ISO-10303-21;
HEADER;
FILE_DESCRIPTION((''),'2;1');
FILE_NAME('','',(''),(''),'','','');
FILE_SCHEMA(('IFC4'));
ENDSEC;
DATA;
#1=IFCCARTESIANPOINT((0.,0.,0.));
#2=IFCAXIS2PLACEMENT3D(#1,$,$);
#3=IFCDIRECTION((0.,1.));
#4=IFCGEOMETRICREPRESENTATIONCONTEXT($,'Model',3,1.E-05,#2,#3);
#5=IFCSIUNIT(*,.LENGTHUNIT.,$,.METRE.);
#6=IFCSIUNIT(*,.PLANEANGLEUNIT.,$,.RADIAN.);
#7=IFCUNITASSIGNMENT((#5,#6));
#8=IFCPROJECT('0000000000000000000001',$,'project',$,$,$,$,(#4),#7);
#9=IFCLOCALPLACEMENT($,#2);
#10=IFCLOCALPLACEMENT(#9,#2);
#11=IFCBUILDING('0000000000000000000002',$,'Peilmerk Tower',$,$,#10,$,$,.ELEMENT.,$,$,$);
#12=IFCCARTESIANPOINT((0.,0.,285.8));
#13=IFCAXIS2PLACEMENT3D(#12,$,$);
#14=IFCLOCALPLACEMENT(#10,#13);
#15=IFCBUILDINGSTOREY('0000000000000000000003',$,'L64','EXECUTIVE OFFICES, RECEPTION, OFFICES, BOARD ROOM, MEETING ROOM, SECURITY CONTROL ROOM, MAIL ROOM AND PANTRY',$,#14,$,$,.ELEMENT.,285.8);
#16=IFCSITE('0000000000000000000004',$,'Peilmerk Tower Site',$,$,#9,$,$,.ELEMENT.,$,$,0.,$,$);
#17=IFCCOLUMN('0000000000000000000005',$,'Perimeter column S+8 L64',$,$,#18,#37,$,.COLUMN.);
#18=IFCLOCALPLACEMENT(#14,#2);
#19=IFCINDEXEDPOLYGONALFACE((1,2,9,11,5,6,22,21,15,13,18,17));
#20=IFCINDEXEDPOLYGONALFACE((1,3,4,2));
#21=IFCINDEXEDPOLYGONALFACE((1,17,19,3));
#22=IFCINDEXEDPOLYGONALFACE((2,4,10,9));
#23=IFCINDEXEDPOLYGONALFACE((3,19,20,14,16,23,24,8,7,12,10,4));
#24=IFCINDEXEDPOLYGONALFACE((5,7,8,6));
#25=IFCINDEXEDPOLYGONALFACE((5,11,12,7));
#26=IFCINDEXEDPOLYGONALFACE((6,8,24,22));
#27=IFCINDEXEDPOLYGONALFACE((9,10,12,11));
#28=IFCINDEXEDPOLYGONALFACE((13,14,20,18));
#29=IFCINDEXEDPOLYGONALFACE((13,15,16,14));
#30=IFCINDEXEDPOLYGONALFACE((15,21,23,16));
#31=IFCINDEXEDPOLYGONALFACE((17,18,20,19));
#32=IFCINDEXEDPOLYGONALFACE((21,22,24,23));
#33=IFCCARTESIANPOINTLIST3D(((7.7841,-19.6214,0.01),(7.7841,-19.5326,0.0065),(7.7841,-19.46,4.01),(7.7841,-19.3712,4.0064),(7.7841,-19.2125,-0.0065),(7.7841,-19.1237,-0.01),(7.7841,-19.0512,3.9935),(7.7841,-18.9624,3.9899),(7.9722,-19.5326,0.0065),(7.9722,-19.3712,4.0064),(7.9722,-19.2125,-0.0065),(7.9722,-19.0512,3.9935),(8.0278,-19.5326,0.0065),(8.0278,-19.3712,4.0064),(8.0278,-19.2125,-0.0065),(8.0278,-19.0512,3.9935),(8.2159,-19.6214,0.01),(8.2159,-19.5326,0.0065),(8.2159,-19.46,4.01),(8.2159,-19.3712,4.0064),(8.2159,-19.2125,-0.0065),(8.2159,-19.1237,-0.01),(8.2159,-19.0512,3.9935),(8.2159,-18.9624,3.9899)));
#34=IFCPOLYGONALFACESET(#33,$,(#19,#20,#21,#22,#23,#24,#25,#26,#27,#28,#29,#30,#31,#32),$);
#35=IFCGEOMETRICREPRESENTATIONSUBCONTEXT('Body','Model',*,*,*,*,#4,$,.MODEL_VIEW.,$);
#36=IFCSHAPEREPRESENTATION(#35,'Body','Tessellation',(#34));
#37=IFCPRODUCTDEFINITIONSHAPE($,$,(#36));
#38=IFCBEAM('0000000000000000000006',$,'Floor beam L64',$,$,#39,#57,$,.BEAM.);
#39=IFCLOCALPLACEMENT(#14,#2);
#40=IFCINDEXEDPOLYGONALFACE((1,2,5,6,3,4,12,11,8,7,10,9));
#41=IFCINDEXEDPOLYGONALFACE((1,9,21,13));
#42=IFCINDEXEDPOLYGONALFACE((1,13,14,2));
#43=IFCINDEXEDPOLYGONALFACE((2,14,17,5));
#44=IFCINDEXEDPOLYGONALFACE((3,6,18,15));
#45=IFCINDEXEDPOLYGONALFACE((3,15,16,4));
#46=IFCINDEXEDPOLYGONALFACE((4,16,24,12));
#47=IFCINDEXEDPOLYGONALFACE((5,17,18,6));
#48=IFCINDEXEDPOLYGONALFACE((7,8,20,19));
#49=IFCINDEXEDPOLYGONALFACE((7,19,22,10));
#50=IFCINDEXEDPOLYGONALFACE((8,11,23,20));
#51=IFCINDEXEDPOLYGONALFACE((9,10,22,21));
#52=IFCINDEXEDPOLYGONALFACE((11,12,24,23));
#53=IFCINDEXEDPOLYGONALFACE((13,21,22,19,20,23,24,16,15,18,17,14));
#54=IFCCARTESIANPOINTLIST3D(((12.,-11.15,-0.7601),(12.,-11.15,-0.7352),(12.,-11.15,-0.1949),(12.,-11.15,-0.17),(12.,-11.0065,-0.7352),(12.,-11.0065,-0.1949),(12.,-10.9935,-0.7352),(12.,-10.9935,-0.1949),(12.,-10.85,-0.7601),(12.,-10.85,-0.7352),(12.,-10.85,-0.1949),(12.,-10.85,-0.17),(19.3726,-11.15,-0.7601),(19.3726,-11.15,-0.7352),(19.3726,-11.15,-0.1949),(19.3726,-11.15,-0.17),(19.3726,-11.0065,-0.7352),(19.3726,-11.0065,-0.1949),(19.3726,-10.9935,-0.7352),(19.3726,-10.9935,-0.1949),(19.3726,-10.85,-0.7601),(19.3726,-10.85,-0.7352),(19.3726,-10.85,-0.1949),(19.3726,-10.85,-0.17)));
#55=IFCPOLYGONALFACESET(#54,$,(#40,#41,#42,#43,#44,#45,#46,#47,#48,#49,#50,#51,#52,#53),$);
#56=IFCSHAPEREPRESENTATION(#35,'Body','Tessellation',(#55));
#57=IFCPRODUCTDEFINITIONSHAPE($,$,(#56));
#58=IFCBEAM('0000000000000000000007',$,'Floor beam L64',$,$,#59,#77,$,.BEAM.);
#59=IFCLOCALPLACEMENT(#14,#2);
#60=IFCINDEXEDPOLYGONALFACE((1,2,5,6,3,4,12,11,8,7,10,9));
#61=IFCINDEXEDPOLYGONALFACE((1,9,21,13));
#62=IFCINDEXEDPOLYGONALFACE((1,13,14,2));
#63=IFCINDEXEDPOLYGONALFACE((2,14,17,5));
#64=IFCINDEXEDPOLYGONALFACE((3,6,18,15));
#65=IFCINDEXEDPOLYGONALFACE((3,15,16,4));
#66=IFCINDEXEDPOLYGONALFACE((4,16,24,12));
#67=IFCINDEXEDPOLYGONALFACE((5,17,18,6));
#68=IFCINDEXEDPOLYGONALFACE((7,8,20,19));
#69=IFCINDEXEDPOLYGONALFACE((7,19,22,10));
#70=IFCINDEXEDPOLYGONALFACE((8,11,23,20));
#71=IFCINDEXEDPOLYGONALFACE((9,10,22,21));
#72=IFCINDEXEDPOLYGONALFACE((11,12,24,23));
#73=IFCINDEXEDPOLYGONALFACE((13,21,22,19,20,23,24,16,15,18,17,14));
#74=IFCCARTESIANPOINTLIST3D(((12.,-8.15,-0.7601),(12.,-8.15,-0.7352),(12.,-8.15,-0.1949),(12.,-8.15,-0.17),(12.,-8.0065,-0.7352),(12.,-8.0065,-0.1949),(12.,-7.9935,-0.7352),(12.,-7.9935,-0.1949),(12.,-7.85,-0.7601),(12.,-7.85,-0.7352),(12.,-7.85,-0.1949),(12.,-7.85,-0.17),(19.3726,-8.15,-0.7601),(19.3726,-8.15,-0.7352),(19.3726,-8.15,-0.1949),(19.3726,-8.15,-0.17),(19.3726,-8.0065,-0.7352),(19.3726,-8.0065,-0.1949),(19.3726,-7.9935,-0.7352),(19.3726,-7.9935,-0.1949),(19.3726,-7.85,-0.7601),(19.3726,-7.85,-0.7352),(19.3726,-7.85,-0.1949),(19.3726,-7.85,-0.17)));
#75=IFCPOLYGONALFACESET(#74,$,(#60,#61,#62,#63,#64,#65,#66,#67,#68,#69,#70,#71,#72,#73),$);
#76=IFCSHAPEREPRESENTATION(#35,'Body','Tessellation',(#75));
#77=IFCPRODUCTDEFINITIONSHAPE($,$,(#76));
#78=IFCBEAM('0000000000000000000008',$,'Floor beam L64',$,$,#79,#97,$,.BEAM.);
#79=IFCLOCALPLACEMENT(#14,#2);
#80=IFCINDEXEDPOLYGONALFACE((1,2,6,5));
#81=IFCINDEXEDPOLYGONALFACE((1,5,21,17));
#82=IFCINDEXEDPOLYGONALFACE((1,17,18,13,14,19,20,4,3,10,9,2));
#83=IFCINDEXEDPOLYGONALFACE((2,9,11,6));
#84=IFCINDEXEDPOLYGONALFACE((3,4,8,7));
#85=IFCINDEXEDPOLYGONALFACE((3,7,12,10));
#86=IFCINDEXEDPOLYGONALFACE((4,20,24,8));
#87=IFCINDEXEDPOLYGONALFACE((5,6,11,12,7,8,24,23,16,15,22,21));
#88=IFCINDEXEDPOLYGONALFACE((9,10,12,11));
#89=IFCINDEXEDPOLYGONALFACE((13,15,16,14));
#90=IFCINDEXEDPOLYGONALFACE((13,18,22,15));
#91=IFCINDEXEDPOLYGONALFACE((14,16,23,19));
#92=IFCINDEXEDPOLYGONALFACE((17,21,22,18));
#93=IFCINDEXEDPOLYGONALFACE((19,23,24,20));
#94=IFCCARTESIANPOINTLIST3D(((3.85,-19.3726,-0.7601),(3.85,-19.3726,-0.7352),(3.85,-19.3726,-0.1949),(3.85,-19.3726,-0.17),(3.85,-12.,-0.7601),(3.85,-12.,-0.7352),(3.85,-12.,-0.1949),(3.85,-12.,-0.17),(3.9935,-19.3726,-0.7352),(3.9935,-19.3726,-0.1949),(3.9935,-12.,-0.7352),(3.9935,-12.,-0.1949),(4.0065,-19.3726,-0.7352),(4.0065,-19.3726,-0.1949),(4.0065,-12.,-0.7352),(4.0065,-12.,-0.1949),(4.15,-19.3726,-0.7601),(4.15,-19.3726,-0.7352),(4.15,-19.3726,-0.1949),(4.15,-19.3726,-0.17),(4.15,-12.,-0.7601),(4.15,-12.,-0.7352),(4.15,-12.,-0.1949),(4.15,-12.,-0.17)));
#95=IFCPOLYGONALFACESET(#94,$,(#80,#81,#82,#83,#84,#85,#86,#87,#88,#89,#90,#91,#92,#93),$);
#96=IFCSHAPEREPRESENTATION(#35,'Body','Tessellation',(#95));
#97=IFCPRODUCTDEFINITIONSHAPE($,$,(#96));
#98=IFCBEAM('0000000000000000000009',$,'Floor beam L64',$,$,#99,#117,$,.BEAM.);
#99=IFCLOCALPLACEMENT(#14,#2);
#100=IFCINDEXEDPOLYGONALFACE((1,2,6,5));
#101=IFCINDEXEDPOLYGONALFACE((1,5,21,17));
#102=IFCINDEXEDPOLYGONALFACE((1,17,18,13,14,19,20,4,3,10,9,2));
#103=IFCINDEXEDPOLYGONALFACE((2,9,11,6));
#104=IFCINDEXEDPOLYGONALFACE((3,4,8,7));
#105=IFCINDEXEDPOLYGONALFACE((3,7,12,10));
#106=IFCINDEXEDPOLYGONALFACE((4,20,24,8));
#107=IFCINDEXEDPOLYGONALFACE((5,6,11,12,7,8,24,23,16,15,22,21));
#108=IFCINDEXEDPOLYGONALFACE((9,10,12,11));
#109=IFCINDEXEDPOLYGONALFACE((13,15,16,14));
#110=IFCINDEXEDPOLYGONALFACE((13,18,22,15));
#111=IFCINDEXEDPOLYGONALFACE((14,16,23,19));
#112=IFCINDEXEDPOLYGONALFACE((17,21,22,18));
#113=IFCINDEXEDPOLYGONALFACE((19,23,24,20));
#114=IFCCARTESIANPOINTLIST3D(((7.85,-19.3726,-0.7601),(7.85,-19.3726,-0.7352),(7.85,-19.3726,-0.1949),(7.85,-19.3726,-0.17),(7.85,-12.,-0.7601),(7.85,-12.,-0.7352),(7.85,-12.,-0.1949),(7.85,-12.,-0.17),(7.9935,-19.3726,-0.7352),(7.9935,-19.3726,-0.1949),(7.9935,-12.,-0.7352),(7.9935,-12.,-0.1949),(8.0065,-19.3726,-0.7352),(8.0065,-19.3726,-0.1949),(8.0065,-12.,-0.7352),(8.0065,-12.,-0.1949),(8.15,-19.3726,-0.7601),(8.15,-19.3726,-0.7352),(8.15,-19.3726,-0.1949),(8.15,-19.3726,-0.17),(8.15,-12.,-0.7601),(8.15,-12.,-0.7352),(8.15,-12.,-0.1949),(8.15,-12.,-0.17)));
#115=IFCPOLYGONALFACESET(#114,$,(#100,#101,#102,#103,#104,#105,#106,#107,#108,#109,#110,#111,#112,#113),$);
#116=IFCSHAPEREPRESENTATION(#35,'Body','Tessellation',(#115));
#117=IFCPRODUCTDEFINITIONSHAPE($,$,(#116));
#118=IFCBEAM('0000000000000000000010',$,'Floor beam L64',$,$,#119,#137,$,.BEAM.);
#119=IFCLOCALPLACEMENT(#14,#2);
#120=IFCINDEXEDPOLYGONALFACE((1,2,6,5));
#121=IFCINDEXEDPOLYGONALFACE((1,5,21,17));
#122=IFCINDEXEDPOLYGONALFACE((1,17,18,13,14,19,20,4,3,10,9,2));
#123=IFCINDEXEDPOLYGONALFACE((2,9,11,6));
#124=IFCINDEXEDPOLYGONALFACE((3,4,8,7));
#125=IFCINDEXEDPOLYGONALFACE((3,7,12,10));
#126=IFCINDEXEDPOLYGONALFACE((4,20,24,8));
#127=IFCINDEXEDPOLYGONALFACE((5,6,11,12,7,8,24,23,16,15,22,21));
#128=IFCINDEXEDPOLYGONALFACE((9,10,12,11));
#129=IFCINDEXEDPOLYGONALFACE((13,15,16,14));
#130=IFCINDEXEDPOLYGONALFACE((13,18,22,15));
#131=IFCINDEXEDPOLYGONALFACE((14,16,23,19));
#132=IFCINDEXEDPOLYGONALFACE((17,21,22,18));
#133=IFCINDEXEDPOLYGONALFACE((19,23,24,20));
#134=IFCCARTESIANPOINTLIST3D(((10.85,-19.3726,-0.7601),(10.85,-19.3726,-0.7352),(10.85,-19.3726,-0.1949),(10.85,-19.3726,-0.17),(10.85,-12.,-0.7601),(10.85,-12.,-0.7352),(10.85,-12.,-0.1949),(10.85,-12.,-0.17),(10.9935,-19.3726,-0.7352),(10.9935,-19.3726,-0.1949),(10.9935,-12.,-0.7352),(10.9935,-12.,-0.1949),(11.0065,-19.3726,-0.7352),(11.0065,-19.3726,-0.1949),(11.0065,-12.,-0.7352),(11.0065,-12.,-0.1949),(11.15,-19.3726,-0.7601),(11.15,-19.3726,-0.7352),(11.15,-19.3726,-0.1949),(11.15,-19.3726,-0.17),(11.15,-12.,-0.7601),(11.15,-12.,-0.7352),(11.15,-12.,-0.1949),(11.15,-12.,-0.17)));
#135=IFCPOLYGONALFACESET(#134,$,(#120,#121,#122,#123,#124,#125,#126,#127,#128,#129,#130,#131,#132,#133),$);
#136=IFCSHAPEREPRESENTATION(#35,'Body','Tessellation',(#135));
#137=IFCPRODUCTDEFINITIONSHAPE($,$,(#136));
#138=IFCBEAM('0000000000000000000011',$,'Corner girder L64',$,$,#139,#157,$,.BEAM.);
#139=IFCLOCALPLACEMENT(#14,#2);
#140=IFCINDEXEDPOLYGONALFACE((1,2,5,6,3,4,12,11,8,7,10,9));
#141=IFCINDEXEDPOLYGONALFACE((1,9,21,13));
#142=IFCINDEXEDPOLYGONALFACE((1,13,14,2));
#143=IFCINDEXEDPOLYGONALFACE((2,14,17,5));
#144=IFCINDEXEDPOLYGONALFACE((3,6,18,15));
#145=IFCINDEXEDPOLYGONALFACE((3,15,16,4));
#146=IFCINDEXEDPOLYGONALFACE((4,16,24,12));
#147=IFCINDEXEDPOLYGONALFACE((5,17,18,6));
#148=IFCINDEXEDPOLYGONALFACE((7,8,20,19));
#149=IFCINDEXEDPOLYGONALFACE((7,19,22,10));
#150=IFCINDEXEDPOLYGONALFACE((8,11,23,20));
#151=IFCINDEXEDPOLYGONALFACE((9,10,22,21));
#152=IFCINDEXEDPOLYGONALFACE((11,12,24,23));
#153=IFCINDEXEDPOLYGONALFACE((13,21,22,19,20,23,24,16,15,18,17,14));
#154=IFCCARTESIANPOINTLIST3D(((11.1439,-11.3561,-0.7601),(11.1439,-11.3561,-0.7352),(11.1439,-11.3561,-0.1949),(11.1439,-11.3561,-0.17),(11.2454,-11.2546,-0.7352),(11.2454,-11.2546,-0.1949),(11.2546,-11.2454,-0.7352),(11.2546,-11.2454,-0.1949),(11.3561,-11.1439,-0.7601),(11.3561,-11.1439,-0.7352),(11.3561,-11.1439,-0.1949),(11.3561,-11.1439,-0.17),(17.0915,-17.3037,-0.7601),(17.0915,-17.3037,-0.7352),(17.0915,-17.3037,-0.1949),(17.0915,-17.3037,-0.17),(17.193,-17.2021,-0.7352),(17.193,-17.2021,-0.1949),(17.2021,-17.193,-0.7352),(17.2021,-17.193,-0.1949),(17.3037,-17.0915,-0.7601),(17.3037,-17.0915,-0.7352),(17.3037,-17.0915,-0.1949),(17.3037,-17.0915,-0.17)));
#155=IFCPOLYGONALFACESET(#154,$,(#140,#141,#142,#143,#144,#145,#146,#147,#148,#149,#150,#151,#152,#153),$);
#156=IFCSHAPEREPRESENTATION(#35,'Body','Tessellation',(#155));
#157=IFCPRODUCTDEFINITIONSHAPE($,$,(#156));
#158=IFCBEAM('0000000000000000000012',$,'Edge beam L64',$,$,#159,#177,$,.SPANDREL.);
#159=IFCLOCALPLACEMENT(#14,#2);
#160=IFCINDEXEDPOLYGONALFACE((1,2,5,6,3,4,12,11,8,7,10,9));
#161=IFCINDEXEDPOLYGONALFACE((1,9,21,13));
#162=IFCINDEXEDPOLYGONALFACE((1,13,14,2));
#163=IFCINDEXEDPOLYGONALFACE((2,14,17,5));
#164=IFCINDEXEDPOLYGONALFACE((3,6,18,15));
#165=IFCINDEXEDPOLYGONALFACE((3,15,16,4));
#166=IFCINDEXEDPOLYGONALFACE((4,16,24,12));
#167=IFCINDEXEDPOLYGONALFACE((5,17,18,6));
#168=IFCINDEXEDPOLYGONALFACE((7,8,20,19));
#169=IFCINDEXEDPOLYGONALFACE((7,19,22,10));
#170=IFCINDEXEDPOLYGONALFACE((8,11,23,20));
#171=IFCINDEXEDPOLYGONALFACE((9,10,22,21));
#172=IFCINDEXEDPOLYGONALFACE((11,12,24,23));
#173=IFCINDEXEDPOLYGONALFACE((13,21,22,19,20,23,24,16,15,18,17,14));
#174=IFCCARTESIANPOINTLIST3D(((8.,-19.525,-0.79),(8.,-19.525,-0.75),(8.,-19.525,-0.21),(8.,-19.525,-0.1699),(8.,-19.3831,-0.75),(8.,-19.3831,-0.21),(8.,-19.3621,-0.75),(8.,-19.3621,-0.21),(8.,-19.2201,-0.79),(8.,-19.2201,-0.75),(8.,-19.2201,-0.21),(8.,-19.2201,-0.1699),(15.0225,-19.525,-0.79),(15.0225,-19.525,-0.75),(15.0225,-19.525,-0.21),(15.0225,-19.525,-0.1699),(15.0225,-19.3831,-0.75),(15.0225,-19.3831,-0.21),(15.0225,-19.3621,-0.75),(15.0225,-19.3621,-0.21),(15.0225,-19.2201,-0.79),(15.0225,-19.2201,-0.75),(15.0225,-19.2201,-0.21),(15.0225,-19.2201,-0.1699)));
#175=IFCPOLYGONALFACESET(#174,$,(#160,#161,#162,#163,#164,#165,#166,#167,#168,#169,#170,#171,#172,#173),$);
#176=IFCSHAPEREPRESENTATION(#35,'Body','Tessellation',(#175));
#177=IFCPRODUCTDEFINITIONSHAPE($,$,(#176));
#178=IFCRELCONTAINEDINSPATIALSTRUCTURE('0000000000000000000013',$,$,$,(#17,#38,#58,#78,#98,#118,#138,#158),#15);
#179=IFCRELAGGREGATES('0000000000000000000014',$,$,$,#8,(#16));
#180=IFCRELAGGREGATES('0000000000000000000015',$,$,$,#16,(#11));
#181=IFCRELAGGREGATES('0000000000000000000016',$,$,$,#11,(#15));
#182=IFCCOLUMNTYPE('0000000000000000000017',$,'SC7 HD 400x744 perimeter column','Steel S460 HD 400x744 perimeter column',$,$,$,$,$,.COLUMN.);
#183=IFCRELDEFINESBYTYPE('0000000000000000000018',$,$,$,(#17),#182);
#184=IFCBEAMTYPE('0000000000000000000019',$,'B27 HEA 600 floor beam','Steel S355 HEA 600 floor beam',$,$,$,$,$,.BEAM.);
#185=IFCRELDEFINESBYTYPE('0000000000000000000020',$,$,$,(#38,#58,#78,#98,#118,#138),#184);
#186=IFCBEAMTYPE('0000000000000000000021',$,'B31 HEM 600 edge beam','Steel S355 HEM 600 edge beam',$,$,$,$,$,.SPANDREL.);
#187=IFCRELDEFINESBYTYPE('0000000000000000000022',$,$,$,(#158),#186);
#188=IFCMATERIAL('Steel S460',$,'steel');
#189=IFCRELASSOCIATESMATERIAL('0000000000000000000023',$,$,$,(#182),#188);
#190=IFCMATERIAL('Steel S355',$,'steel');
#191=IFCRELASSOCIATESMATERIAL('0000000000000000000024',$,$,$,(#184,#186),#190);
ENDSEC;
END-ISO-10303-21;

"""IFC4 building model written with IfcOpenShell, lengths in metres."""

from ifc_helpers import new_model, si_unit, direction, frame, origin, origin_2d, place, context, subcontext, project, spatial, i_section, extrude, material, material_profile, profile_set, type_object, element, save


model = new_model("IFC4")

# Units and contexts
model_context = context("Model", 3, precision=1e-05, world=origin(), true_north=direction((0.0, 1.0)))
body_context = subcontext(model_context, "Body", "Model", "MODEL_VIEW")
ifc_project = project(units=[si_unit("LENGTHUNIT", "METRE"), si_unit("PLANEANGLEUNIT", "RADIAN")], contexts=[model_context])

# Site, building, storey
site_placement = place(None, origin())
site = spatial("IfcSite", under=ifc_project, at=site_placement, Name="Peilmerk Tower Site", CompositionType="ELEMENT", RefElevation=0.0)
building_placement = place(site_placement, origin())
building = spatial("IfcBuilding", under=site, at=building_placement, Name="Peilmerk Tower", CompositionType="ELEMENT")
storey_placement = place(building_placement, frame((0.0, 0.0, 285.8)))
storey = spatial("IfcBuildingStorey", under=building, at=storey_placement, Name="L64", Description="EXECUTIVE OFFICES, RECEPTION, OFFICES, BOARD ROOM, MEETING ROOM, SECURITY CONTROL ROOM, MAIL ROOM AND PANTRY", CompositionType="ELEMENT", Elevation=285.8)

# Column
ifc_material_1 = material(Name="Steel S460", Category="steel")
ifc_material_profile_1 = material_profile(ifc_material_1, i_section(OverallWidth=0.4319, OverallDepth=0.498, WebThickness=0.0557, FlangeThickness=0.0889, at=origin_2d()), Name="HD 400x744")
ifc_profile_set_1 = profile_set([ifc_material_profile_1], Name="Steel S460")
column_type = type_object("IfcColumnType", Name="SC7 HD 400x744 perimeter column", Description="Steel S460 HD 400x744 perimeter column", PredefinedType="COLUMN", material=ifc_profile_set_1)
column_placement = place(storey_placement, frame((8.0, -19.3726, 0.0), z_axis=(0.0, 0.040311, 0.999187), x_axis=(-1.0, 0.0, 0.0)))
element("IfcColumn", 1, at=column_placement, inside=storey, type_object=column_type, Name="Perimeter column S+8 L64", PredefinedType="COLUMN", context=body_context, shape_type="SweptSolid", body=[
    extrude(i_section(OverallWidth=0.4319, OverallDepth=0.498, WebThickness=0.0557, FlangeThickness=0.0889, at=origin_2d()), origin(), (0.0, 0.0, 1.0), 4.0032),
])

# Beams
ifc_material_2 = material(Name="Steel S355", Category="steel")
ifc_material_profile_2 = material_profile(ifc_material_2, i_section(OverallWidth=0.3, OverallDepth=0.5901, WebThickness=0.0129, FlangeThickness=0.0249, at=origin_2d()), Name="HEA 600")
ifc_profile_set_2 = profile_set([ifc_material_profile_2], Name="Steel S355")
beam_type_1 = type_object("IfcBeamType", Name="B27 HEA 600 floor beam", Description="Steel S355 HEA 600 floor beam", PredefinedType="BEAM", material=ifc_profile_set_2)
for number, where, z_axis, x_axis, name in (
    (2, (12.0, -11.0, -0.4651), (1.0, 0.0, 0.0), (0.0, 1.0, 0.0), "Floor beam L64"),
    (3, (12.0, -8.0, -0.4651), (1.0, 0.0, 0.0), (0.0, 1.0, 0.0), "Floor beam L64"),
    (4, (4.0, -12.0, -0.4651), (0.0, -1.0, 0.0), (1.0, 0.0, 0.0), "Floor beam L64"),
    (5, (8.0, -12.0, -0.4651), (0.0, -1.0, 0.0), (1.0, 0.0, 0.0), "Floor beam L64"),
    (6, (11.0, -12.0, -0.4651), (0.0, -1.0, 0.0), (1.0, 0.0, 0.0), "Floor beam L64"),
):
    element("IfcBeam", number, at=place(storey_placement, frame(where, z_axis=z_axis, x_axis=x_axis)), inside=storey, type_object=beam_type_1, Name=name, PredefinedType="BEAM", context=body_context, shape_type="SweptSolid", body=[
        extrude(i_section(OverallWidth=0.3, OverallDepth=0.5901, WebThickness=0.0129, FlangeThickness=0.0249, at=origin_2d()), origin(), (0.0, 0.0, 1.0), 7.3726),
    ])
beam_1_placement = place(storey_placement, frame((11.25, -11.25, -0.4651), z_axis=(0.707107, -0.707107, 0.0), x_axis=(0.707107, 0.707107, 0.0)))
element("IfcBeam", 7, at=beam_1_placement, inside=storey, type_object=beam_type_1, Name="Corner girder L64", PredefinedType="BEAM", context=body_context, shape_type="SweptSolid", body=[
    extrude(i_section(OverallWidth=0.3, OverallDepth=0.5901, WebThickness=0.0129, FlangeThickness=0.0249, at=origin_2d()), origin(), (0.0, 0.0, 1.0), 8.4111),
])
ifc_material_profile_3 = material_profile(ifc_material_2, i_section(OverallWidth=0.3049, OverallDepth=0.6201, WebThickness=0.021, FlangeThickness=0.04, at=origin_2d()), Name="HEM 600")
ifc_profile_set_3 = profile_set([ifc_material_profile_3], Name="Steel S355")
beam_type_2 = type_object("IfcBeamType", Name="B31 HEM 600 edge beam", Description="Steel S355 HEM 600 edge beam", PredefinedType="SPANDREL", material=ifc_profile_set_3)
beam_2_placement = place(storey_placement, frame((8.0, -19.3726, -0.48), z_axis=(1.0, 0.0, 0.0), x_axis=(0.0, 1.0, 0.0)))
element("IfcBeam", 8, at=beam_2_placement, inside=storey, type_object=beam_type_2, Name="Edge beam L64", PredefinedType="SPANDREL", context=body_context, shape_type="SweptSolid", body=[
    extrude(i_section(OverallWidth=0.3049, OverallDepth=0.6201, WebThickness=0.021, FlangeThickness=0.04, at=origin_2d()), origin(), (0.0, 0.0, 1.0), 7.0225),
])

save(model, "model.ifc")
